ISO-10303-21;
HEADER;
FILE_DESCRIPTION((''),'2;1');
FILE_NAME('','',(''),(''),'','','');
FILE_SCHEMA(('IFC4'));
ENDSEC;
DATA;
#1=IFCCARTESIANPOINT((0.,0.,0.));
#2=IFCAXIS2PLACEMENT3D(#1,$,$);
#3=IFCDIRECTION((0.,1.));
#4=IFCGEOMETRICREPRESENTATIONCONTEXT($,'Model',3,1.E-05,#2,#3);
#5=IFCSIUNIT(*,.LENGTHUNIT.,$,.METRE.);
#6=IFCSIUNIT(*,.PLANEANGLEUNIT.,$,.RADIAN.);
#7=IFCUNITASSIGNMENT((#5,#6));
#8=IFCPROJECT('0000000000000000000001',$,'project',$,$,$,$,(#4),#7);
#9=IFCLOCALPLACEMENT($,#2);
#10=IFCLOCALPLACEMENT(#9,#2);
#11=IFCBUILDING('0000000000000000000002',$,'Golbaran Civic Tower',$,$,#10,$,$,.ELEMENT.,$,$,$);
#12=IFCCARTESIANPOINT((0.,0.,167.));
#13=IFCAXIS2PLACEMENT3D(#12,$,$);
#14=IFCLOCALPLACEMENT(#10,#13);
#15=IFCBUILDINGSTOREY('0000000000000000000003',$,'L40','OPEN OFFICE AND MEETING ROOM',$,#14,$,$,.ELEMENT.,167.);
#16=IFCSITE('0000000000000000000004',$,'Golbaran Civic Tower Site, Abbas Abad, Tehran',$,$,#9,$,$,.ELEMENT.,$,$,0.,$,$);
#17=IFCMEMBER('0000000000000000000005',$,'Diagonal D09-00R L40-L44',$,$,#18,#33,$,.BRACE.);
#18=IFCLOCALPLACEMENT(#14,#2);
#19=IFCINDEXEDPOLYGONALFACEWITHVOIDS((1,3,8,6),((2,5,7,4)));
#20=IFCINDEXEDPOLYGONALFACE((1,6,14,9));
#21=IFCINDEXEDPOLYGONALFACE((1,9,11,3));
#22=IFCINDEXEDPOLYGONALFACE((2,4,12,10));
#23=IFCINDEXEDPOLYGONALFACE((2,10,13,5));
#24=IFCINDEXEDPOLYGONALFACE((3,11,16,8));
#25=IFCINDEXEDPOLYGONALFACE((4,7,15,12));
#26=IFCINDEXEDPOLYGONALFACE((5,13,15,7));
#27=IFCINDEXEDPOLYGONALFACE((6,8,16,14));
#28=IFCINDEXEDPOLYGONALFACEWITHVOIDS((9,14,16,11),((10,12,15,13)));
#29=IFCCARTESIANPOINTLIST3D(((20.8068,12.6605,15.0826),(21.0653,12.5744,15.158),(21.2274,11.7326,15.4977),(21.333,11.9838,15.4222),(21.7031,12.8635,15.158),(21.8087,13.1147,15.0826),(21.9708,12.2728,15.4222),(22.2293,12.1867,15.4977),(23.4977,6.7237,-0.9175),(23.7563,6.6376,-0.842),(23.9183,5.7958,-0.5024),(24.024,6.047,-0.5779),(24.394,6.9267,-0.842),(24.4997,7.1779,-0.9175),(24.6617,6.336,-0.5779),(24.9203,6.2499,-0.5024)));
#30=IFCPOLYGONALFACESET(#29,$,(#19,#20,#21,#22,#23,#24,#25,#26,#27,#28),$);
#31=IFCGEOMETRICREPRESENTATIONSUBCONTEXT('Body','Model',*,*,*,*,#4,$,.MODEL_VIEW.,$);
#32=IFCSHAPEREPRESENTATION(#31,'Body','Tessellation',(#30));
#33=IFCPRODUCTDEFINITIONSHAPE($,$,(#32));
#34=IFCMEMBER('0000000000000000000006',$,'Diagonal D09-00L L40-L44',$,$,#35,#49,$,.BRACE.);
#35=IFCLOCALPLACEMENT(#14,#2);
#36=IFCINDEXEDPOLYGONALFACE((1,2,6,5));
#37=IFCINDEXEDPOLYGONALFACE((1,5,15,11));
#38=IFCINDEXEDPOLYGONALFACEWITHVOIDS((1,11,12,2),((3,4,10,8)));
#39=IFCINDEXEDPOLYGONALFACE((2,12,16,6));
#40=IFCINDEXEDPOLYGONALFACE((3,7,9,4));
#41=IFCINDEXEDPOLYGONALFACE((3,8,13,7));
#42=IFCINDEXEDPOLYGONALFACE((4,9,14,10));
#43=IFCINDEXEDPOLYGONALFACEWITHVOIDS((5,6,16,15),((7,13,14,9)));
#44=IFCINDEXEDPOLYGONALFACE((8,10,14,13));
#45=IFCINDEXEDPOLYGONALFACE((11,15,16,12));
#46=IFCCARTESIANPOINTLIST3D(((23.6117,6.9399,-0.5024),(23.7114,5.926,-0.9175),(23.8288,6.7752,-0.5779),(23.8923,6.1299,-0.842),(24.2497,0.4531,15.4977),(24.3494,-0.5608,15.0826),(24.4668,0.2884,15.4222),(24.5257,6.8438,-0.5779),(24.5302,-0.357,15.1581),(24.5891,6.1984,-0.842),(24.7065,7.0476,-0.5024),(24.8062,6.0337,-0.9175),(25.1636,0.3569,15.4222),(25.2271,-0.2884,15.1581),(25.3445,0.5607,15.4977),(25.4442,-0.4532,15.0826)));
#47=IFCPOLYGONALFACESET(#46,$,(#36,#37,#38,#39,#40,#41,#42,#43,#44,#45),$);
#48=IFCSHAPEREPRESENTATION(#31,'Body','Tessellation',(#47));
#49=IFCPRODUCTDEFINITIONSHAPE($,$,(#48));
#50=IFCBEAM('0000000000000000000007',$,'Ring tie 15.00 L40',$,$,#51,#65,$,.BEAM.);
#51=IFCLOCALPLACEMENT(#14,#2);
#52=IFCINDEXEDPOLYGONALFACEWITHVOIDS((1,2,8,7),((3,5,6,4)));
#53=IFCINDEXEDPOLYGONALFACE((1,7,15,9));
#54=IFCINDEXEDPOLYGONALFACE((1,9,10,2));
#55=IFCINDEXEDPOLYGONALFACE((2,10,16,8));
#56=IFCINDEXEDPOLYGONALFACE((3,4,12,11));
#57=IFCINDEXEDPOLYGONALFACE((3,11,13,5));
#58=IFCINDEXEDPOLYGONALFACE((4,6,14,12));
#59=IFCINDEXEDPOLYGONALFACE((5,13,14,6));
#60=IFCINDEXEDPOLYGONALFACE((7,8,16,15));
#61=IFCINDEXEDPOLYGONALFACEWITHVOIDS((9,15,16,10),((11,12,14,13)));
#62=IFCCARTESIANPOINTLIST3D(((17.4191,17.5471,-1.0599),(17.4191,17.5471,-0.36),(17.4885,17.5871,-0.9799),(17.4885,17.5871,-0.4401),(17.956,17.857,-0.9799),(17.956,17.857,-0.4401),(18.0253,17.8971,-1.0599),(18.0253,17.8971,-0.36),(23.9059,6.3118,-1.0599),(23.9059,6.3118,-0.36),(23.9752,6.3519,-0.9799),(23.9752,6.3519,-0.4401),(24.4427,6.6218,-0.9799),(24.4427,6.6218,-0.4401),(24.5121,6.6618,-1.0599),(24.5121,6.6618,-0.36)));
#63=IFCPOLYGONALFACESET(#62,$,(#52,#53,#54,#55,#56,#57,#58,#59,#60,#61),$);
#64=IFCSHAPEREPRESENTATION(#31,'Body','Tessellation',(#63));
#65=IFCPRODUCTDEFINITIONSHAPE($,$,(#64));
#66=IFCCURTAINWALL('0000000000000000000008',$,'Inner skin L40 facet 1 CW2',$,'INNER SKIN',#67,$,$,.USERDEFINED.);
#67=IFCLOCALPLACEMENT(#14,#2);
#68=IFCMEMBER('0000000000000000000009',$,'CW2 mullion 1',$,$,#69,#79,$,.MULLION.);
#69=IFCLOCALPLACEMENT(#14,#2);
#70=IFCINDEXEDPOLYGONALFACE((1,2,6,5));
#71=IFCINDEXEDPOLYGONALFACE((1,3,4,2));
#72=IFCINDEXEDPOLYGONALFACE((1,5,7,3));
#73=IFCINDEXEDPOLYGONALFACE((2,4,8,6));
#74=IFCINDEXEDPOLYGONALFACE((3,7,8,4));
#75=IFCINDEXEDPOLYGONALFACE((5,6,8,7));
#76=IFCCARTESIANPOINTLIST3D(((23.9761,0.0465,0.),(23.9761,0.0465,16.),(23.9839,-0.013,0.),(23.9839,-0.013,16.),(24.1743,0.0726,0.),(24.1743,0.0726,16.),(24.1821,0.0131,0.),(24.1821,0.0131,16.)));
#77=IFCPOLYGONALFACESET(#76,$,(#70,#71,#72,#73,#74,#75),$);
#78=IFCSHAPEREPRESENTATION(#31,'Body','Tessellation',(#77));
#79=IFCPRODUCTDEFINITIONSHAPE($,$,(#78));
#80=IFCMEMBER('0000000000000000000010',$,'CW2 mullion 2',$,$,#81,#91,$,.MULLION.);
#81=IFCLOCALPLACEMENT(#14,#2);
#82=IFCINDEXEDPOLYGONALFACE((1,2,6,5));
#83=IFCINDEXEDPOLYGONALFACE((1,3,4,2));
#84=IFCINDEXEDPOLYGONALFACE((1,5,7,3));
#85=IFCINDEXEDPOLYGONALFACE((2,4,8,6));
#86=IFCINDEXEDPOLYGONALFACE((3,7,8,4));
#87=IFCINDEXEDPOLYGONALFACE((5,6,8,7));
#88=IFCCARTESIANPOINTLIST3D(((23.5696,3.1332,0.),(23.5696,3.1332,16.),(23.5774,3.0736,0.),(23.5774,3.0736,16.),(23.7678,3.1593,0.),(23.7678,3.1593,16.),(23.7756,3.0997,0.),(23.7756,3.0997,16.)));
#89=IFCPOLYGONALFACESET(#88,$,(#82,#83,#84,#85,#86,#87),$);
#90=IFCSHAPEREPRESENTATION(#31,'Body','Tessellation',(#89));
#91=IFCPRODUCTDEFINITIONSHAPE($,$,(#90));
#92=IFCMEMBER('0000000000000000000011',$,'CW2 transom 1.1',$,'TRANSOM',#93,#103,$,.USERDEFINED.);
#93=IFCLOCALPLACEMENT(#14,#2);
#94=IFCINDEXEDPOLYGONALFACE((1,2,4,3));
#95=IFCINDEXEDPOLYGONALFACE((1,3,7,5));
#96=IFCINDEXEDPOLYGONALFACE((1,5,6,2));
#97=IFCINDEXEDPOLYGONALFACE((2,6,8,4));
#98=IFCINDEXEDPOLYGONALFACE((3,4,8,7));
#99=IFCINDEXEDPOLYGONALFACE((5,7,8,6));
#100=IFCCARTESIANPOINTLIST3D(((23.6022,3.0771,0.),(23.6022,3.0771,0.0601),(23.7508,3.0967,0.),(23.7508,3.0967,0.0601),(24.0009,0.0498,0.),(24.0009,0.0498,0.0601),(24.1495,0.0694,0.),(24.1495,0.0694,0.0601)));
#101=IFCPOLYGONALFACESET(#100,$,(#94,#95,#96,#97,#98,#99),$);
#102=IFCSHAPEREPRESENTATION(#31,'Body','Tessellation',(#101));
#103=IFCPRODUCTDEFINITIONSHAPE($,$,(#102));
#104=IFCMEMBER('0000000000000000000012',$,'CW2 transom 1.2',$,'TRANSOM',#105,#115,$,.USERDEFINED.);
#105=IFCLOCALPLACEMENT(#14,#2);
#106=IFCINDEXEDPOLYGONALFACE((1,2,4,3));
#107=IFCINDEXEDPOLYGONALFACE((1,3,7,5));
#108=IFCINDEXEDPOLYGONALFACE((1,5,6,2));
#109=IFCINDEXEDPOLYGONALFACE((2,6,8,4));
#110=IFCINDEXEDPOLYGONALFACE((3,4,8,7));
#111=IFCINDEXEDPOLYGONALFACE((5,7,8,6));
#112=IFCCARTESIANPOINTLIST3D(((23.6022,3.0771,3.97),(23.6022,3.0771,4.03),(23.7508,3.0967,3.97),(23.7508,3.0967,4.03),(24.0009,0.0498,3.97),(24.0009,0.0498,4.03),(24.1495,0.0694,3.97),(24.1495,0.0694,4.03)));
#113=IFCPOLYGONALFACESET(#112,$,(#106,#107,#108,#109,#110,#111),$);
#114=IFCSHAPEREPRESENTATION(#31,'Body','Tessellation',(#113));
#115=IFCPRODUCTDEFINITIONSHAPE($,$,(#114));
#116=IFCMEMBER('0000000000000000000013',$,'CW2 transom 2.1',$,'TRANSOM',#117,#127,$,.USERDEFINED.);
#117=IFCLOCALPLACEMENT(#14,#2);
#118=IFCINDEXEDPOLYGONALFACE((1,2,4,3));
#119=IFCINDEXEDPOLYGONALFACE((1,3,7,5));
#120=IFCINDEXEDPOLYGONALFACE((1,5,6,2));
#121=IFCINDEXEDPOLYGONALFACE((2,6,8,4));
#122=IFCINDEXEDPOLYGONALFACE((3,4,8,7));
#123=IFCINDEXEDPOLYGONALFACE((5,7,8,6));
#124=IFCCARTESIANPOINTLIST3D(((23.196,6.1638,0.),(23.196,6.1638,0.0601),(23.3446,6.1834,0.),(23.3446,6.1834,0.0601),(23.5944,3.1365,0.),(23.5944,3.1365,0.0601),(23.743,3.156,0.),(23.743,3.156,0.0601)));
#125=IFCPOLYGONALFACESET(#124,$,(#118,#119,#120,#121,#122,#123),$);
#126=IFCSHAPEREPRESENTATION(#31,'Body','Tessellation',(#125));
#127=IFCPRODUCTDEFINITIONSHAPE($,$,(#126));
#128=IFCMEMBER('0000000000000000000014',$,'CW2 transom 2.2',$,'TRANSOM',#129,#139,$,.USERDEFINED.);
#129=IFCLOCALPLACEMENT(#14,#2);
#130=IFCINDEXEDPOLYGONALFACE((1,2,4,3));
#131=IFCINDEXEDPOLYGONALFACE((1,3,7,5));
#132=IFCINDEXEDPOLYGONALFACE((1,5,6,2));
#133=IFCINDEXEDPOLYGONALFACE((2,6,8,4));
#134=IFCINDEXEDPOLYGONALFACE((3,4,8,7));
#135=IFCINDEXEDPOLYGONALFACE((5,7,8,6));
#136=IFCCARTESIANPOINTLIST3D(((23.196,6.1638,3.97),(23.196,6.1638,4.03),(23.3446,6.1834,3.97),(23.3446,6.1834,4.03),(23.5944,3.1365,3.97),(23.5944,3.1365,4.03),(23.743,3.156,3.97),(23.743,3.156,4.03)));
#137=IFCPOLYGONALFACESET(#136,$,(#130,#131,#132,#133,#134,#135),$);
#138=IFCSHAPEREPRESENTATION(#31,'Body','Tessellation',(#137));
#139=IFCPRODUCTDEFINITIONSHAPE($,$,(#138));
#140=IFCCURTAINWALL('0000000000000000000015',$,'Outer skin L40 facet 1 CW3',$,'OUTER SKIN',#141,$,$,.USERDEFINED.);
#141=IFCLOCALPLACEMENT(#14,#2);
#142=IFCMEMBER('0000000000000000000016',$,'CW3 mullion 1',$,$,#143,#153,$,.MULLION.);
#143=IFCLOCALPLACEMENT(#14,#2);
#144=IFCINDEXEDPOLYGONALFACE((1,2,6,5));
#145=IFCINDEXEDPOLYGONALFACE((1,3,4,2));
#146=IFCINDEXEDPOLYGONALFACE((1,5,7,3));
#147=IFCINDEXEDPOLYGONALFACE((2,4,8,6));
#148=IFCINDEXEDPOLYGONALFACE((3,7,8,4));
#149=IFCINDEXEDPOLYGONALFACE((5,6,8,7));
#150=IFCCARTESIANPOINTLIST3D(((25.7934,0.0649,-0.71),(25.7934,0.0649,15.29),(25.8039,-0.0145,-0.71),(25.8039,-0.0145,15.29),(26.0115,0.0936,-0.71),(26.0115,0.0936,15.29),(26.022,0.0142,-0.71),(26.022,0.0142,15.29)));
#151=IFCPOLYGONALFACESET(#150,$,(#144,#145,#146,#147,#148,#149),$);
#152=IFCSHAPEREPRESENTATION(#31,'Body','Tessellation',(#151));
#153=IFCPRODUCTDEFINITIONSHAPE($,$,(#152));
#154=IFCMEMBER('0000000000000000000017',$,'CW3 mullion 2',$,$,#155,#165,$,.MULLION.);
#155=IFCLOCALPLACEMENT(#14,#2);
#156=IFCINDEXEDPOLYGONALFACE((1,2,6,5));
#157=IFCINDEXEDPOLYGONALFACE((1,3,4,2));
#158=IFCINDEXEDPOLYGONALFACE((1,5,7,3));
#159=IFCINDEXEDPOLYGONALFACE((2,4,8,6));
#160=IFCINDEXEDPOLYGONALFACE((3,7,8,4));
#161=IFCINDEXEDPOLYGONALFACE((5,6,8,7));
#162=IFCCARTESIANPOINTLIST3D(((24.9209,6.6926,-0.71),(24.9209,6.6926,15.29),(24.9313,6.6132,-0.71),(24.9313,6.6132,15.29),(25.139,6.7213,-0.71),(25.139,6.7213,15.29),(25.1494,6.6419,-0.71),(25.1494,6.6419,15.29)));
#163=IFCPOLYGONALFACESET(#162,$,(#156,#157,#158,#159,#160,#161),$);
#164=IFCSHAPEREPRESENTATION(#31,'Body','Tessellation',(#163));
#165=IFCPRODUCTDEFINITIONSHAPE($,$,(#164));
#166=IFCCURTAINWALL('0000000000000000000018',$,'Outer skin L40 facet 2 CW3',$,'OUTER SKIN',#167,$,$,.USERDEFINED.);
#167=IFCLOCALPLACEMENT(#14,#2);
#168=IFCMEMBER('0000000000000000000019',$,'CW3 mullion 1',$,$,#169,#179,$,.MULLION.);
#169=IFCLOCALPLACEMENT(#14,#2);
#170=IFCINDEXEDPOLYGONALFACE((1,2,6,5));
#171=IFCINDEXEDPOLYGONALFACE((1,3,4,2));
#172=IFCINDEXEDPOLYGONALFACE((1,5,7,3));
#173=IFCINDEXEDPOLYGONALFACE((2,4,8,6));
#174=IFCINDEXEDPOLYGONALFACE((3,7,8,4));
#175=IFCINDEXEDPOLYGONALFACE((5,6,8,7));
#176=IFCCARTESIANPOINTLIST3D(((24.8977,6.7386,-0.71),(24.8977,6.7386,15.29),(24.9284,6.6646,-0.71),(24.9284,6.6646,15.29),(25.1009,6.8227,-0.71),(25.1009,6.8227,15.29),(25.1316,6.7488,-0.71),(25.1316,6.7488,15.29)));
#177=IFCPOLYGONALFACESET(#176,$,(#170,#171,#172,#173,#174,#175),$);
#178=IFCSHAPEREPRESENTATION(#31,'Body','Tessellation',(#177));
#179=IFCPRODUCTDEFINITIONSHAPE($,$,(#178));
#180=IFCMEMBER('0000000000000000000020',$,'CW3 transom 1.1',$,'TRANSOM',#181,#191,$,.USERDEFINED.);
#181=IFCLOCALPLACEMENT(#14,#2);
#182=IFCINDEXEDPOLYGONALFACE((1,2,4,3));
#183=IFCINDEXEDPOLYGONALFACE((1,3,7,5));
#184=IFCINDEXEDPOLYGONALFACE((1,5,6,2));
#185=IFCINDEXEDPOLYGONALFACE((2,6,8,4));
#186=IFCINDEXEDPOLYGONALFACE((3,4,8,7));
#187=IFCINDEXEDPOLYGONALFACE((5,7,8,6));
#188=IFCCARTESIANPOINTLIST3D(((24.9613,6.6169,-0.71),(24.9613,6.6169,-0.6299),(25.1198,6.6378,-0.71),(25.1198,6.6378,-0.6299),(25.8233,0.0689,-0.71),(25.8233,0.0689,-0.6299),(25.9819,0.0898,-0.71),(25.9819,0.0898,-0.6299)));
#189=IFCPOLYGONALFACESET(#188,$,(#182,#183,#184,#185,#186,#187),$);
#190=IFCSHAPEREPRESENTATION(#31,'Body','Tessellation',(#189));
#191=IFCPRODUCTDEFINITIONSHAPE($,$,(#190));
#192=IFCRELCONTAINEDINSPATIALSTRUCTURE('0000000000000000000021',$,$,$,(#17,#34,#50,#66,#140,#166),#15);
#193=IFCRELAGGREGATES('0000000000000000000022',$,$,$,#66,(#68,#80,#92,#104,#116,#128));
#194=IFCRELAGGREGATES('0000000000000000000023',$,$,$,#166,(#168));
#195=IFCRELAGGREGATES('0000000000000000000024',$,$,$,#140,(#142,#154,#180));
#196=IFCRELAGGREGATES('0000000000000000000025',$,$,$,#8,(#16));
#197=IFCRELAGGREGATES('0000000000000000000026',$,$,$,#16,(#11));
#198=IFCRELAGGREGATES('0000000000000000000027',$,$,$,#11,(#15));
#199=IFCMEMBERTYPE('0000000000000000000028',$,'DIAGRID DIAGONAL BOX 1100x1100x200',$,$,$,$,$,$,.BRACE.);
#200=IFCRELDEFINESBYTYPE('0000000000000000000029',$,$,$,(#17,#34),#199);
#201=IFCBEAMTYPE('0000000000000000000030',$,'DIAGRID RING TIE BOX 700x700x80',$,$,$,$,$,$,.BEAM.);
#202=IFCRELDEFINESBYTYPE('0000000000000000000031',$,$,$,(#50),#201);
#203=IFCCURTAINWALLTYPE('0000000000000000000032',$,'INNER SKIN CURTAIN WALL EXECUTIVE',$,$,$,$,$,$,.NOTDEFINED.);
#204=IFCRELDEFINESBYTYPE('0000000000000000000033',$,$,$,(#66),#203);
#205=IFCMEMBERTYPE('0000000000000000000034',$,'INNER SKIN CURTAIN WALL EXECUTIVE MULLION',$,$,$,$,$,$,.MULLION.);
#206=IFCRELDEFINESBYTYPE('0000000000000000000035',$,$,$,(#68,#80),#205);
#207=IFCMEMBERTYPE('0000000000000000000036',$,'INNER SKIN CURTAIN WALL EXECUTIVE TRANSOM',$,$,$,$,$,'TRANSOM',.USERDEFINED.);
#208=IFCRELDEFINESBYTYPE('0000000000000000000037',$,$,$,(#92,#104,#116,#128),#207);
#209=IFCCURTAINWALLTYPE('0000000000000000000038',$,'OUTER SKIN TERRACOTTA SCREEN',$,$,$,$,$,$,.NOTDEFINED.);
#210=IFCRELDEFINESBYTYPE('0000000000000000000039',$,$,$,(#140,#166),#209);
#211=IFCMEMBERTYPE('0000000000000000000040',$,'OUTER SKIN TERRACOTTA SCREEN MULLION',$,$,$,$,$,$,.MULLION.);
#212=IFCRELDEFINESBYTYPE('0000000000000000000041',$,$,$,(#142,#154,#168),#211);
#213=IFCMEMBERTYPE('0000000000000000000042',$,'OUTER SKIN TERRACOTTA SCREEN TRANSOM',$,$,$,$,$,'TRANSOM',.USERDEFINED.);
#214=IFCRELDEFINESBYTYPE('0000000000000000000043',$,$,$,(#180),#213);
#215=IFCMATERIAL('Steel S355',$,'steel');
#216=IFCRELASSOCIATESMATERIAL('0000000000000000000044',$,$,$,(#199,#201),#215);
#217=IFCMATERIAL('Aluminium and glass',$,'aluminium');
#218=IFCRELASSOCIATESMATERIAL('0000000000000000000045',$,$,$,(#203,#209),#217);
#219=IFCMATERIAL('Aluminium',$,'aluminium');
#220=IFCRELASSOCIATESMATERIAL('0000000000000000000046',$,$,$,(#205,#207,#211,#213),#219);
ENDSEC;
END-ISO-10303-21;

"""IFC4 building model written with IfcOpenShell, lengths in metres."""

from ifc_helpers import new_model, si_unit, direction, frame, origin, origin_2d, place, context, subcontext, project, spatial, rectangle, hollow_rectangle, extrude, material, material_profile, profile_set, type_object, element, aggregate, save


model = new_model("IFC4")

# Units and contexts
model_context = context("Model", 3, precision=1e-05, world=origin(), true_north=direction((0.0, 1.0)))
body_context = subcontext(model_context, "Body", "Model", "MODEL_VIEW")
ifc_project = project(units=[si_unit("LENGTHUNIT", "METRE"), si_unit("PLANEANGLEUNIT", "RADIAN")], contexts=[model_context])

# Site, building, storey
site_placement = place(None, origin())
site = spatial("IfcSite", under=ifc_project, at=site_placement, Name="Golbaran Civic Tower Site, Abbas Abad, Tehran", CompositionType="ELEMENT", RefElevation=0.0)
building_placement = place(site_placement, origin())
building = spatial("IfcBuilding", under=site, at=building_placement, Name="Golbaran Civic Tower", CompositionType="ELEMENT")
storey_placement = place(building_placement, frame((0.0, 0.0, 167.0)))
storey = spatial("IfcBuildingStorey", under=building, at=storey_placement, Name="L40", Description="OPEN OFFICE AND MEETING ROOM", CompositionType="ELEMENT", Elevation=167.0)

# Members
ifc_material_1 = material(Name="Steel S355", Category="steel")
ifc_material_profile_1 = material_profile(ifc_material_1, hollow_rectangle(XDim=1.1001, YDim=1.1001, WallThickness=0.2, at=origin_2d()), Name="BOX 1100x1100x200")
ifc_profile_set_1 = profile_set([ifc_material_profile_1], Name="Steel S355")
member_type_1 = type_object("IfcMemberType", Name="DIAGRID DIAGONAL BOX 1100x1100x200", PredefinedType="BRACE", material=ifc_profile_set_1)
for number, where, z_axis, x_axis, name in (
    (1, (24.209, 6.4868, -0.71), (-0.155754, 0.343627, 0.9261), (-0.910806, -0.412835, 0.0), "Diagonal D09-00R L40-L44"),
    (2, (24.209, 6.4868, -0.71), (0.036925, -0.375465, 0.926101), (0.995199, 0.097872, 0.0), "Diagonal D09-00L L40-L44"),
):
    element("IfcMember", number, at=place(storey_placement, frame(where, z_axis=z_axis, x_axis=x_axis)), inside=storey, type_object=member_type_1, Name=name, PredefinedType="BRACE", context=body_context, shape_type="SweptSolid", body=[
        extrude(hollow_rectangle(XDim=1.1001, YDim=1.1001, WallThickness=0.2, at=origin_2d()), origin(), (0.0, 0.0, 1.0), 17.2769),
    ])

# Beam
ifc_material_profile_2 = material_profile(ifc_material_1, hollow_rectangle(XDim=0.7, YDim=0.7, WallThickness=0.0801, at=origin_2d()), Name="BOX 700x700x80")
ifc_profile_set_2 = profile_set([ifc_material_profile_2], Name="Steel S355")
beam_type = type_object("IfcBeamType", Name="DIAGRID RING TIE BOX 700x700x80", PredefinedType="BEAM", material=ifc_profile_set_2)
beam_placement = place(storey_placement, frame((24.209, 6.4868, -0.71), z_axis=(-0.500005, 0.866023, 0.0), x_axis=(-0.866023, -0.500005, 0.0)))
element("IfcBeam", 3, at=beam_placement, inside=storey, type_object=beam_type, Name="Ring tie 15.00 L40", PredefinedType="BEAM", context=body_context, shape_type="SweptSolid", body=[
    extrude(hollow_rectangle(XDim=0.7, YDim=0.7, WallThickness=0.0801, at=origin_2d()), origin(), (0.0, 0.0, 1.0), 12.9734),
])

# Curtain walls, members
ifc_material_2 = material(Name="Aluminium and glass", Category="aluminium")
curtain_wall_type_1 = type_object("IfcCurtainWallType", Name="INNER SKIN CURTAIN WALL EXECUTIVE", PredefinedType="NOTDEFINED", material=ifc_material_2)
curtain_wall_1_placement = place(storey_placement, origin())
curtain_wall_1 = element("IfcCurtainWall", 4, at=curtain_wall_1_placement, inside=storey, type_object=curtain_wall_type_1, Name="Inner skin L40 facet 1 CW2", ObjectType="INNER SKIN", PredefinedType="USERDEFINED")
ifc_material_3 = material(Name="Aluminium", Category="aluminium")
ifc_material_profile_3 = material_profile(ifc_material_3, rectangle(XDim=0.2, YDim=0.0601, at=origin_2d()), Name="INNER SKIN CURTAIN WALL EXECUTIVE MULLION")
ifc_profile_set_3 = profile_set([ifc_material_profile_3], Name="Aluminium")
member_type_2 = type_object("IfcMemberType", Name="INNER SKIN CURTAIN WALL EXECUTIVE MULLION", PredefinedType="MULLION", material=ifc_profile_set_3)
member_1_placement = place(storey_placement, frame((24.0791, 0.0298, 0.0), z_axis=(0.0, 0.0, 1.0), x_axis=(-0.991445, -0.130526, 0.0)))
member_1 = element("IfcMember", 5, at=member_1_placement, type_object=member_type_2, Name="CW2 mullion 1", PredefinedType="MULLION", context=body_context, shape_type="SweptSolid", body=[
    extrude(rectangle(XDim=0.2, YDim=0.0601, at=origin_2d()), origin(), (0.0, 0.0, 1.0), 16.0),
])
member_2_placement = place(storey_placement, frame((23.6726, 3.1165, 0.0), z_axis=(0.0, 0.0, 1.0), x_axis=(-0.991445, -0.130526, 0.0)))
member_2 = element("IfcMember", 6, at=member_2_placement, type_object=member_type_2, Name="CW2 mullion 2", PredefinedType="MULLION", context=body_context, shape_type="SweptSolid", body=[
    extrude(rectangle(XDim=0.2, YDim=0.0601, at=origin_2d()), origin(), (0.0, 0.0, 1.0), 16.0),
])
ifc_material_profile_4 = material_profile(ifc_material_3, rectangle(XDim=0.1499, YDim=0.0601, at=origin_2d()), Name="INNER SKIN CURTAIN WALL EXECUTIVE TRANSOM")
ifc_profile_set_4 = profile_set([ifc_material_profile_4], Name="Aluminium")
member_type_3 = type_object("IfcMemberType", Name="INNER SKIN CURTAIN WALL EXECUTIVE TRANSOM", ElementType="TRANSOM", PredefinedType="USERDEFINED", material=ifc_profile_set_4)
member_3_placement = place(storey_placement, frame((24.0752, 0.0596, 0.03), z_axis=(-0.130566, 0.99144, 0.0), x_axis=(-0.99144, -0.130566, 0.0)))
member_3 = element("IfcMember", 7, at=member_3_placement, type_object=member_type_3, Name="CW2 transom 1.1", ObjectType="TRANSOM", PredefinedType="USERDEFINED", context=body_context, shape_type="SweptSolid", body=[
    extrude(rectangle(XDim=0.1499, YDim=0.0601, at=origin_2d()), origin(), (0.0, 0.0, 1.0), 3.0535),
])
member_4_placement = place(storey_placement, frame((24.0752, 0.0596, 4.0), z_axis=(-0.130566, 0.99144, 0.0), x_axis=(-0.99144, -0.130566, 0.0)))
member_4 = element("IfcMember", 8, at=member_4_placement, type_object=member_type_3, Name="CW2 transom 1.2", ObjectType="TRANSOM", PredefinedType="USERDEFINED", context=body_context, shape_type="SweptSolid", body=[
    extrude(rectangle(XDim=0.1499, YDim=0.0601, at=origin_2d()), origin(), (0.0, 0.0, 1.0), 3.0535),
])
member_5_placement = place(storey_placement, frame((23.6687, 3.1462, 0.03), z_axis=(-0.130488, 0.99145, 0.0), x_axis=(-0.99145, -0.130488, 0.0)))
member_5 = element("IfcMember", 9, at=member_5_placement, type_object=member_type_3, Name="CW2 transom 2.1", ObjectType="TRANSOM", PredefinedType="USERDEFINED", context=body_context, shape_type="SweptSolid", body=[
    extrude(rectangle(XDim=0.1499, YDim=0.0601, at=origin_2d()), origin(), (0.0, 0.0, 1.0), 3.0535),
])
member_6_placement = place(storey_placement, frame((23.6687, 3.1462, 4.0), z_axis=(-0.130488, 0.99145, 0.0), x_axis=(-0.99145, -0.130488, 0.0)))
member_6 = element("IfcMember", 10, at=member_6_placement, type_object=member_type_3, Name="CW2 transom 2.2", ObjectType="TRANSOM", PredefinedType="USERDEFINED", context=body_context, shape_type="SweptSolid", body=[
    extrude(rectangle(XDim=0.1499, YDim=0.0601, at=origin_2d()), origin(), (0.0, 0.0, 1.0), 3.0535),
])
curtain_wall_type_2 = type_object("IfcCurtainWallType", Name="OUTER SKIN TERRACOTTA SCREEN", PredefinedType="NOTDEFINED", material=ifc_material_2)
curtain_wall_2_placement = place(storey_placement, origin())
curtain_wall_2 = element("IfcCurtainWall", 11, at=curtain_wall_2_placement, inside=storey, type_object=curtain_wall_type_2, Name="Outer skin L40 facet 1 CW3", ObjectType="OUTER SKIN", PredefinedType="USERDEFINED")
ifc_material_profile_5 = material_profile(ifc_material_3, rectangle(XDim=0.22, YDim=0.0801, at=origin_2d()), Name="OUTER SKIN TERRACOTTA SCREEN MULLION")
ifc_profile_set_5 = profile_set([ifc_material_profile_5], Name="Aluminium")
member_type_4 = type_object("IfcMemberType", Name="OUTER SKIN TERRACOTTA SCREEN MULLION", PredefinedType="MULLION", material=ifc_profile_set_5)
member_7_placement = place(storey_placement, frame((25.9077, 0.0396, -0.71), z_axis=(0.0, 0.0, 1.0), x_axis=(-0.991445, -0.130526, 0.0)))
member_7 = element("IfcMember", 12, at=member_7_placement, type_object=member_type_4, Name="CW3 mullion 1", PredefinedType="MULLION", context=body_context, shape_type="SweptSolid", body=[
    extrude(rectangle(XDim=0.22, YDim=0.0801, at=origin_2d()), origin(), (0.0, 0.0, 1.0), 16.0),
])
member_8_placement = place(storey_placement, frame((25.0352, 6.6672, -0.71), z_axis=(0.0, 0.0, 1.0), x_axis=(-0.991445, -0.130526, 0.0)))
member_8 = element("IfcMember", 13, at=member_8_placement, type_object=member_type_4, Name="CW3 mullion 2", PredefinedType="MULLION", context=body_context, shape_type="SweptSolid", body=[
    extrude(rectangle(XDim=0.22, YDim=0.0801, at=origin_2d()), origin(), (0.0, 0.0, 1.0), 16.0),
])

# Curtain wall, member
curtain_wall_3_placement = place(storey_placement, origin())
curtain_wall_3 = element("IfcCurtainWall", 14, at=curtain_wall_3_placement, inside=storey, type_object=curtain_wall_type_2, Name="Outer skin L40 facet 2 CW3", ObjectType="OUTER SKIN", PredefinedType="USERDEFINED")
member_9_placement = place(storey_placement, frame((25.0146, 6.7437, -0.71), z_axis=(0.0, 0.0, 1.0), x_axis=(-0.92388, -0.382683, 0.0)))
member_9 = element("IfcMember", 15, at=member_9_placement, type_object=member_type_4, Name="CW3 mullion 1", PredefinedType="MULLION", context=body_context, shape_type="SweptSolid", body=[
    extrude(rectangle(XDim=0.22, YDim=0.0801, at=origin_2d()), origin(), (0.0, 0.0, 1.0), 16.0),
])

# Member
ifc_material_profile_6 = material_profile(ifc_material_3, rectangle(XDim=0.1599, YDim=0.0801, at=origin_2d()), Name="OUTER SKIN TERRACOTTA SCREEN TRANSOM")
ifc_profile_set_6 = profile_set([ifc_material_profile_6], Name="Aluminium")
member_type_5 = type_object("IfcMemberType", Name="OUTER SKIN TERRACOTTA SCREEN TRANSOM", ElementType="TRANSOM", PredefinedType="USERDEFINED", material=ifc_profile_set_6)
member_10_placement = place(storey_placement, frame((25.9026, 0.0793, -0.6699), z_axis=(-0.130524, 0.991445, 0.0), x_axis=(-0.991445, -0.130524, 0.0)))
member_10 = element("IfcMember", 16, at=member_10_placement, type_object=member_type_5, Name="CW3 transom 1.1", ObjectType="TRANSOM", PredefinedType="USERDEFINED", context=body_context, shape_type="SweptSolid", body=[
    extrude(rectangle(XDim=0.1599, YDim=0.0801, at=origin_2d()), origin(), (0.0, 0.0, 1.0), 6.6045),
])

aggregate(curtain_wall_1, [member_1, member_2, member_3, member_4, member_5, member_6])
aggregate(curtain_wall_3, [member_9])
aggregate(curtain_wall_2, [member_7, member_8, member_10])

save(model, "model.ifc")
